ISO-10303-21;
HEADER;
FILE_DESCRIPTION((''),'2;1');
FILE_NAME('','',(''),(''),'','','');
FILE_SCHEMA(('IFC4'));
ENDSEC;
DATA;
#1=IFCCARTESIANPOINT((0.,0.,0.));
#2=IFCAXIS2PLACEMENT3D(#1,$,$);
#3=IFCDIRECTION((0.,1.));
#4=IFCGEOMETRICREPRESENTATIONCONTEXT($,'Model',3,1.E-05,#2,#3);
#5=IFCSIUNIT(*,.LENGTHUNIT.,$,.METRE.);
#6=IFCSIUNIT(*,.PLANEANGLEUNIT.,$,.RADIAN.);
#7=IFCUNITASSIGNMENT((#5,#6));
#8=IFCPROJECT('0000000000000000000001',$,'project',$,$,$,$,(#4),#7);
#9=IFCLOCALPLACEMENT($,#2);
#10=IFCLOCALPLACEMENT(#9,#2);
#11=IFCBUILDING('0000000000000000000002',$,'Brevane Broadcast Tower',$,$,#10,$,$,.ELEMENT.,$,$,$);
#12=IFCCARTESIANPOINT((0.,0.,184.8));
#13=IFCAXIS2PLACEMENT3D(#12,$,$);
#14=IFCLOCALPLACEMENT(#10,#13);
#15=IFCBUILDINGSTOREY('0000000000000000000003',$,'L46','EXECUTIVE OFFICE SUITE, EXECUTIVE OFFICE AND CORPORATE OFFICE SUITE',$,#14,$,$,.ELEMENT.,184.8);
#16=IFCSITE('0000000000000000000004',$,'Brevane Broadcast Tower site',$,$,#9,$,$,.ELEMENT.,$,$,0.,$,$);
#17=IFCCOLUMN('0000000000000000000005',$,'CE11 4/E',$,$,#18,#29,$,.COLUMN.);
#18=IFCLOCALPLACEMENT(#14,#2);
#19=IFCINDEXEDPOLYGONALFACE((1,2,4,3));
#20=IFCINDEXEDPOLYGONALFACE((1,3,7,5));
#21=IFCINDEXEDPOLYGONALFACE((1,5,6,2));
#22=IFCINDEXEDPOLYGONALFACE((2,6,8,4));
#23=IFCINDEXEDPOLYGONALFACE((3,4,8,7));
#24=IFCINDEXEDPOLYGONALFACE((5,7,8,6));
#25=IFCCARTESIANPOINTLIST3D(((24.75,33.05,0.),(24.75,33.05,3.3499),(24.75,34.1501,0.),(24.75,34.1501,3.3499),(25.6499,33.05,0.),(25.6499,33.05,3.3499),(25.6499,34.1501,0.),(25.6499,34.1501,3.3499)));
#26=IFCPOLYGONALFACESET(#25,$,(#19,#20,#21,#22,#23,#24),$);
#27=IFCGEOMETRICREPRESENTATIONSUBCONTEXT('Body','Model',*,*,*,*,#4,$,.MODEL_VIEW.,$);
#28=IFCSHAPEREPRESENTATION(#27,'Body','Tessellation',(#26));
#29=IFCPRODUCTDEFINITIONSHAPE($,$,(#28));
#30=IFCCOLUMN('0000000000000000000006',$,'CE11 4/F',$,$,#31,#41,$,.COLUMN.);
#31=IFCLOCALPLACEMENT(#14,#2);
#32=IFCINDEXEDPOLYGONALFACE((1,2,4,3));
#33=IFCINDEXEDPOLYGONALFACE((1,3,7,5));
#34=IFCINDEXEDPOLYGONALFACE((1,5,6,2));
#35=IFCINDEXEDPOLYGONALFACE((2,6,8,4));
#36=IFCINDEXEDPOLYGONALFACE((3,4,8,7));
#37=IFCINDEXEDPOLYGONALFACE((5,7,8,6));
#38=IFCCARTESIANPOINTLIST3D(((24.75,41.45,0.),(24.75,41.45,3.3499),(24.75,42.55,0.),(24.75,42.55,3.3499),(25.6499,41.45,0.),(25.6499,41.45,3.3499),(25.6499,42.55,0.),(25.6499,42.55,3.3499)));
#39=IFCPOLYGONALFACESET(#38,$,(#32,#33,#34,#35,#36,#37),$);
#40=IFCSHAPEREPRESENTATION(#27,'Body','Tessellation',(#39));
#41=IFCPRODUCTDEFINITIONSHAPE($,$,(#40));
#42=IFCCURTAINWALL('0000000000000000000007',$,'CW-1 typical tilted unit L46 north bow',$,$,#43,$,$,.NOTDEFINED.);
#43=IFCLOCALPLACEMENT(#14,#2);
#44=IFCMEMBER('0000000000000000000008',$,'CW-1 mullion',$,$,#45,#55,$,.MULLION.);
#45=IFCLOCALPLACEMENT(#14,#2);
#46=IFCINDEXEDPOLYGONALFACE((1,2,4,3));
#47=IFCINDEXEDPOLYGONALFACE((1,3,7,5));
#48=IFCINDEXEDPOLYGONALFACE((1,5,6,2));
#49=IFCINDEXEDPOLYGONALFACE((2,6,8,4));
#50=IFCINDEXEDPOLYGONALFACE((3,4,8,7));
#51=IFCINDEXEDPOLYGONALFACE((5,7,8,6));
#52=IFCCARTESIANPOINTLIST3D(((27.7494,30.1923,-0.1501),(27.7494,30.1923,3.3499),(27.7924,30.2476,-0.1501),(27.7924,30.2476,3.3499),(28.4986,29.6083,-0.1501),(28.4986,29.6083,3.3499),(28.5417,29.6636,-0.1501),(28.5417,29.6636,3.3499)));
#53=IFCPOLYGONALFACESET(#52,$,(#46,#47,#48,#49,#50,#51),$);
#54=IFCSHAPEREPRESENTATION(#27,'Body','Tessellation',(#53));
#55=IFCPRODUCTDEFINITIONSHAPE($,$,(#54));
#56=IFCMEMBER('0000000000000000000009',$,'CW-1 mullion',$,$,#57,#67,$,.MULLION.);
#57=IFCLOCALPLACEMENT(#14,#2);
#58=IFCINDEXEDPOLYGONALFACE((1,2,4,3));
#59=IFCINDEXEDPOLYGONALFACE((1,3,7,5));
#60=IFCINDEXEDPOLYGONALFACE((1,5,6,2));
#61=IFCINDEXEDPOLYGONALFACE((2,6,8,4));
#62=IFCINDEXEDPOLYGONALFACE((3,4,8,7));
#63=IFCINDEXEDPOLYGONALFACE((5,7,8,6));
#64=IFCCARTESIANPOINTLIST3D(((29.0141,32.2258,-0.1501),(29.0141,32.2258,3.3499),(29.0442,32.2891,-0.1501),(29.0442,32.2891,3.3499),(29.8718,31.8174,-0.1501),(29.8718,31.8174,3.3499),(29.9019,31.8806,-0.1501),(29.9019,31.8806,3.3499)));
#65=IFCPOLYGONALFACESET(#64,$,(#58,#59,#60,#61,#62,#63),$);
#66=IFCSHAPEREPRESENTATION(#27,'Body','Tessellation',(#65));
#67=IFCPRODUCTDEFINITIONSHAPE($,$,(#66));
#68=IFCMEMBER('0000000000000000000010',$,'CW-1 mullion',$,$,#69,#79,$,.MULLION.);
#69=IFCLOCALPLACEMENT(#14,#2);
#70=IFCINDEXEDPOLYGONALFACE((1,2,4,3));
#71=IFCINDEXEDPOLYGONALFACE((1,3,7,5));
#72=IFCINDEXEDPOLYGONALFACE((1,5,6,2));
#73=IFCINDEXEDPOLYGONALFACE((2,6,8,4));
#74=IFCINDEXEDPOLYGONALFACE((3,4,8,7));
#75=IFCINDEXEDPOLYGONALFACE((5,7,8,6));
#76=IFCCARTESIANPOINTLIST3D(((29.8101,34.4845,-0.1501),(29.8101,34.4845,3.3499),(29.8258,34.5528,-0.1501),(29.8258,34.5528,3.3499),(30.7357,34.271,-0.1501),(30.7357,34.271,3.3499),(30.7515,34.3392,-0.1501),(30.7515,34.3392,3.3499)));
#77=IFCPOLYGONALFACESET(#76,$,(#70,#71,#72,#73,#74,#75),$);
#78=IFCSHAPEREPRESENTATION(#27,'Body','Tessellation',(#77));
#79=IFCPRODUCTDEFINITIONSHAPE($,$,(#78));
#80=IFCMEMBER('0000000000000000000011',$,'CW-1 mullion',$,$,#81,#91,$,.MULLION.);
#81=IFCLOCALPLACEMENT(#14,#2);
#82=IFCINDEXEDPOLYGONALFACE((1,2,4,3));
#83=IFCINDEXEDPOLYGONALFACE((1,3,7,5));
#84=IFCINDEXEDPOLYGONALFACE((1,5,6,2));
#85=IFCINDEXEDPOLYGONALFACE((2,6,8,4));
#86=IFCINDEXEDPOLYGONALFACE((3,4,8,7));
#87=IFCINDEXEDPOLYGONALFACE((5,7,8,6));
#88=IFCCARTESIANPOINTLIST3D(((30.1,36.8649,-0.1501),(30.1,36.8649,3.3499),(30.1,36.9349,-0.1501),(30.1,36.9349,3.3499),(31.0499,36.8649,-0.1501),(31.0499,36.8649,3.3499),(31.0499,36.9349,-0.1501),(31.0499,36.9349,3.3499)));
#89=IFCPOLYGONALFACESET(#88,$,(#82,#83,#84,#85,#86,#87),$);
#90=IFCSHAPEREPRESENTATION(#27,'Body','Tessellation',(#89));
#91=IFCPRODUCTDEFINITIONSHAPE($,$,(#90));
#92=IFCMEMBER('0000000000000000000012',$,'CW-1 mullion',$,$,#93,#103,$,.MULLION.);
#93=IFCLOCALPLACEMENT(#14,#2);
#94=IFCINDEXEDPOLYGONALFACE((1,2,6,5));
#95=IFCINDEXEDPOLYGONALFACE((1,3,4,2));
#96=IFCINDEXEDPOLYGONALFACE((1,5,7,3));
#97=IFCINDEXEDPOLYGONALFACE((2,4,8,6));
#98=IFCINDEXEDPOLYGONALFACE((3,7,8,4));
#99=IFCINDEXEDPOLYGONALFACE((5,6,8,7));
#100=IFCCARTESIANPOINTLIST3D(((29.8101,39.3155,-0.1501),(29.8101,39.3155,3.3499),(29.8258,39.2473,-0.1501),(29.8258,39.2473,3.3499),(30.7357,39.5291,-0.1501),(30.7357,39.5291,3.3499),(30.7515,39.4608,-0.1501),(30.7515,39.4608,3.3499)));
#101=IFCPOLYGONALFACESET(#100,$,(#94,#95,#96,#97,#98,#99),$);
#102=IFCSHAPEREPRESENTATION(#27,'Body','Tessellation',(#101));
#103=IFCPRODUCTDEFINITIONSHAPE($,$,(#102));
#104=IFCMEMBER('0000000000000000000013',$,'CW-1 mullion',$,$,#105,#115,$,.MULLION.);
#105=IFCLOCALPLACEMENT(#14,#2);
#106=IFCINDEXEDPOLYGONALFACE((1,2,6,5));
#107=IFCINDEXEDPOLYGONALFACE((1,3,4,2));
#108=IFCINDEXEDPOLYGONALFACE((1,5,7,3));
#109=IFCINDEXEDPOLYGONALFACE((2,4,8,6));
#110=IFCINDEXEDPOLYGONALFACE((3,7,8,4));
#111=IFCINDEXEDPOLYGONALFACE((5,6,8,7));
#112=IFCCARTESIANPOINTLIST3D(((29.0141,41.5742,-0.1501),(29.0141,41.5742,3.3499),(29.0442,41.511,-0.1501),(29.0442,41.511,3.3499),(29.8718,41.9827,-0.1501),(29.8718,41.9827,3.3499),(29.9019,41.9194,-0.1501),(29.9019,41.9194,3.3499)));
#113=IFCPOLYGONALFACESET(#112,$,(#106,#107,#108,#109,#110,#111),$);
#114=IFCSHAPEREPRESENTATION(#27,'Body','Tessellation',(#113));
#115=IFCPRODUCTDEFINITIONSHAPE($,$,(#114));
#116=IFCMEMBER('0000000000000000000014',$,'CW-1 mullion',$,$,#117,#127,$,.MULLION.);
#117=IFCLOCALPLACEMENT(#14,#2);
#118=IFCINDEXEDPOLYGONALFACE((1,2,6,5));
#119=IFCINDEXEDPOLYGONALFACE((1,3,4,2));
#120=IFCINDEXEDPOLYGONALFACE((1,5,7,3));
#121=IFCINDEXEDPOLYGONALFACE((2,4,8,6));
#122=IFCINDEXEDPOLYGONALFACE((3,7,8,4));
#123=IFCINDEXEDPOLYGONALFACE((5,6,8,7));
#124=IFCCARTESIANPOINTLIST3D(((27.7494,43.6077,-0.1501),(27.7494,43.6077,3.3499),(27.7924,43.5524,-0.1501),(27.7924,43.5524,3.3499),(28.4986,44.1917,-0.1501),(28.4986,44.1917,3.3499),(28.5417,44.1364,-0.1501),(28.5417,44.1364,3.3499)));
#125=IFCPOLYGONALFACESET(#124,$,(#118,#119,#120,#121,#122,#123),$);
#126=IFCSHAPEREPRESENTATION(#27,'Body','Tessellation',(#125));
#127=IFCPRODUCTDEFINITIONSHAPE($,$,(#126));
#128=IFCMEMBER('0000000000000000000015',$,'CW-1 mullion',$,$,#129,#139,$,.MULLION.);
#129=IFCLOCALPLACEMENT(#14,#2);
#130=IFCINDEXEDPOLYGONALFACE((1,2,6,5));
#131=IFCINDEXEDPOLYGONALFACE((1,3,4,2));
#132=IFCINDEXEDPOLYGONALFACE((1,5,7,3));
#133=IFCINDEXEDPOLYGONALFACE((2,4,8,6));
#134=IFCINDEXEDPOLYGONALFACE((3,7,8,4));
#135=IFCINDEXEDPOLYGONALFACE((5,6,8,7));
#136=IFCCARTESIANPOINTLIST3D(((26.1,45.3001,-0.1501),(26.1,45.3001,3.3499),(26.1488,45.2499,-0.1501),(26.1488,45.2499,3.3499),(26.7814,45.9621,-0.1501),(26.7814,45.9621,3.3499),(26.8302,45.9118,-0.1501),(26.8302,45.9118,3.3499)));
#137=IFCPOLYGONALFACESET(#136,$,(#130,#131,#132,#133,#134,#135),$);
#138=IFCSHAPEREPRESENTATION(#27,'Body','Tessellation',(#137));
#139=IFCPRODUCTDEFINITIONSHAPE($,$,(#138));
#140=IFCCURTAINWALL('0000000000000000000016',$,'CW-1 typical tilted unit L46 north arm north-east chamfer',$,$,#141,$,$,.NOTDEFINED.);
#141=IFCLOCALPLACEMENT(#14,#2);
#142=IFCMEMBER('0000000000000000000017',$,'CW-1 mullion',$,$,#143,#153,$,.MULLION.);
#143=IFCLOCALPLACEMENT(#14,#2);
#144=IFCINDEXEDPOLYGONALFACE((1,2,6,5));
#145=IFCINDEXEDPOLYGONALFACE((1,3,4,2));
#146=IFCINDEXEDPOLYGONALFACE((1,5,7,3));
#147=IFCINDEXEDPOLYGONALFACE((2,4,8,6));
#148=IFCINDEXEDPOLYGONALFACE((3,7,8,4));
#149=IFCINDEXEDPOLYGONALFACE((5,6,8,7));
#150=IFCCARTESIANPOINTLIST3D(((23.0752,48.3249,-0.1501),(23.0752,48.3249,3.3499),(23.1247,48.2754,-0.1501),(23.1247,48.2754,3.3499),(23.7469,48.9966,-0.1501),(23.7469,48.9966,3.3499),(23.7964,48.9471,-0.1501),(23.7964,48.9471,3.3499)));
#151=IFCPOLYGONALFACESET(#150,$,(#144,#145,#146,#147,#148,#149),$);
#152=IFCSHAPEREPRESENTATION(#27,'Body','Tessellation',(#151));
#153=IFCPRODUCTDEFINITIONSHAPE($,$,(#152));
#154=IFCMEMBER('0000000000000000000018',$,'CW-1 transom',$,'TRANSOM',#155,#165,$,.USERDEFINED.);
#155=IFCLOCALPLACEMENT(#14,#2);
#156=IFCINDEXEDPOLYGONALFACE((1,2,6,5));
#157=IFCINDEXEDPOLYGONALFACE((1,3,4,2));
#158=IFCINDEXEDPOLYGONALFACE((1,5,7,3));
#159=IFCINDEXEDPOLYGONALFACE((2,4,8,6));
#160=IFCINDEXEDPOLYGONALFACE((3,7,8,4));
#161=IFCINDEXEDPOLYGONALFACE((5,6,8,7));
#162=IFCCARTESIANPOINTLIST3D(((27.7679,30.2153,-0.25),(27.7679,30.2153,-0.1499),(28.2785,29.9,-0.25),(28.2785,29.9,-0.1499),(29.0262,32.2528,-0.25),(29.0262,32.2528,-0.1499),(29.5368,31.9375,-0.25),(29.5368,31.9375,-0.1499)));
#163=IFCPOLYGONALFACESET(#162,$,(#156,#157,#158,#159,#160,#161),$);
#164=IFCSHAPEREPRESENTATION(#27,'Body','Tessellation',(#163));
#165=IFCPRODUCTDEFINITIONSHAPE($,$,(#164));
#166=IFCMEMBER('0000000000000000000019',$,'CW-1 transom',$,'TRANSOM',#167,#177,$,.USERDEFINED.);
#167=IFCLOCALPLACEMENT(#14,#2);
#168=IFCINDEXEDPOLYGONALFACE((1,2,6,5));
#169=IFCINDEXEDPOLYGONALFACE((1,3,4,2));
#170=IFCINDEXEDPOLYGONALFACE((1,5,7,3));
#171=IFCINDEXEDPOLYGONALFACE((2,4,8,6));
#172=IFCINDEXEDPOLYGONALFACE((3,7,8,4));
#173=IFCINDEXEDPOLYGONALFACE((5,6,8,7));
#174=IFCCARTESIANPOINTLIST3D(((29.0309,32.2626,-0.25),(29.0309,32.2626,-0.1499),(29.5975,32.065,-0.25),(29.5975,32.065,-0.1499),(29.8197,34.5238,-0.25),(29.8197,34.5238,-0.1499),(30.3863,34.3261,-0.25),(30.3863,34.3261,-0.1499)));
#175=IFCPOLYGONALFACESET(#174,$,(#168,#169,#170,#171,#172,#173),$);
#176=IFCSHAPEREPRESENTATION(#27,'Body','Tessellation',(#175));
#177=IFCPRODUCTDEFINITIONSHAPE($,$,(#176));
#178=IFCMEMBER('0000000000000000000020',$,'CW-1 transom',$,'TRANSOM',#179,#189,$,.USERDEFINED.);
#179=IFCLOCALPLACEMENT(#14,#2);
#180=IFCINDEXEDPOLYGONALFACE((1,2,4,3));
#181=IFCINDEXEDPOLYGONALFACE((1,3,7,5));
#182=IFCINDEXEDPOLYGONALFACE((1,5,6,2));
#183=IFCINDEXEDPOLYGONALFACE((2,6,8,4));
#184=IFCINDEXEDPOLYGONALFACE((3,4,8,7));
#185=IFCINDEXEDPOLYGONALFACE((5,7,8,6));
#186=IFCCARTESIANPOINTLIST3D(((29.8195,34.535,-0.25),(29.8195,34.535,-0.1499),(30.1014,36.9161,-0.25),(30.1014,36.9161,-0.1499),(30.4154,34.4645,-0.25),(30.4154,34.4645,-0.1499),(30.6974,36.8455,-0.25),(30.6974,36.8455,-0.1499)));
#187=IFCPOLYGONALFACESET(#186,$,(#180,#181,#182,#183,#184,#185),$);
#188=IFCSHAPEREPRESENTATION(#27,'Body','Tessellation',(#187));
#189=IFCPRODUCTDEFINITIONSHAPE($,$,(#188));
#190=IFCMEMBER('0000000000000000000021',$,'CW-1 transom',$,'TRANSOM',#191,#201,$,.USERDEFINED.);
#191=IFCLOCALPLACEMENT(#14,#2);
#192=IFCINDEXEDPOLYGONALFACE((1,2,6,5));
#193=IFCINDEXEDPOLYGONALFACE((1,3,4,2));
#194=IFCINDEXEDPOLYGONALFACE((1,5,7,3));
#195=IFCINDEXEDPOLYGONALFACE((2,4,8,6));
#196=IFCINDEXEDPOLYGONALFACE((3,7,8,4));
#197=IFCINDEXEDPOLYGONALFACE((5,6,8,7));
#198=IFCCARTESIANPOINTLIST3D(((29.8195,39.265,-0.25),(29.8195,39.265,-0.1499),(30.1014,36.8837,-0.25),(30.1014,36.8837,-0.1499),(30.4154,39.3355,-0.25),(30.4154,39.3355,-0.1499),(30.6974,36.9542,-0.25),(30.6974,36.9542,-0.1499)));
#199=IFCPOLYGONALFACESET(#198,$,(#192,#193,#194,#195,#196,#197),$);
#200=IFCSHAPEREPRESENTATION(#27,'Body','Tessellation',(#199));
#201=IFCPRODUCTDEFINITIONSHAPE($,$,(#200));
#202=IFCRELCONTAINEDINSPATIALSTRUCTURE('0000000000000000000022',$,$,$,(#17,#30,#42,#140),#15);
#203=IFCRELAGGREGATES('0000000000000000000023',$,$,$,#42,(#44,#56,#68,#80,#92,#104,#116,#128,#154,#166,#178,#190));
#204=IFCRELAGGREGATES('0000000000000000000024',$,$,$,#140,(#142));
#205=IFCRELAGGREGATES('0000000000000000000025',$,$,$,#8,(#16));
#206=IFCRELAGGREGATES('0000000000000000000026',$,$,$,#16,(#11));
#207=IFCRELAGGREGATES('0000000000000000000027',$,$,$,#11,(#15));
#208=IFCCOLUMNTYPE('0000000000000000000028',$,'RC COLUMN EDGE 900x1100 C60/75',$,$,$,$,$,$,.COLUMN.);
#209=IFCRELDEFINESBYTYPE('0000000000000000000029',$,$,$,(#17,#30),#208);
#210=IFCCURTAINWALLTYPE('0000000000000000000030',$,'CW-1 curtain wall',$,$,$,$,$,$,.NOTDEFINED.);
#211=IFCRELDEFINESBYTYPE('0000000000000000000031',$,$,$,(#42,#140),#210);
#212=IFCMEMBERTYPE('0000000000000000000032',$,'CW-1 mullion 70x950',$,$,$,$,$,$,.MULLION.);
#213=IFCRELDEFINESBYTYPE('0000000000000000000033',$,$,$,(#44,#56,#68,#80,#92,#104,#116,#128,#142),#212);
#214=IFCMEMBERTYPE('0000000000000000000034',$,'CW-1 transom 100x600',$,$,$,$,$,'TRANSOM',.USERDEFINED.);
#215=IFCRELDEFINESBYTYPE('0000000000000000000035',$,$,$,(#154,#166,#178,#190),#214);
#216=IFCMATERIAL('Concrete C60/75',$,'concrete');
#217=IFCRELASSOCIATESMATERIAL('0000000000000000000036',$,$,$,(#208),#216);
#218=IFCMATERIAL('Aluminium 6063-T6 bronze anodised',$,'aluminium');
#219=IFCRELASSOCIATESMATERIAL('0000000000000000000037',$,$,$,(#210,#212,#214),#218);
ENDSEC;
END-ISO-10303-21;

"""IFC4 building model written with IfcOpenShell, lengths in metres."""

from ifc_helpers import new_model, si_unit, direction, frame, origin, origin_2d, place, context, subcontext, project, spatial, rectangle, extrude, material, material_profile, profile_set, type_object, element, aggregate, save


model = new_model("IFC4")

# Units and contexts
model_context = context("Model", 3, precision=1e-05, world=origin(), true_north=direction((0.0, 1.0)))
body_context = subcontext(model_context, "Body", "Model", "MODEL_VIEW")
ifc_project = project(units=[si_unit("LENGTHUNIT", "METRE"), si_unit("PLANEANGLEUNIT", "RADIAN")], contexts=[model_context])

# Site, building, storey
site_placement = place(None, origin())
site = spatial("IfcSite", under=ifc_project, at=site_placement, Name="Brevane Broadcast Tower site", CompositionType="ELEMENT", RefElevation=0.0)
building_placement = place(site_placement, origin())
building = spatial("IfcBuilding", under=site, at=building_placement, Name="Brevane Broadcast Tower", CompositionType="ELEMENT")
storey_placement = place(building_placement, frame((0.0, 0.0, 184.8)))
storey = spatial("IfcBuildingStorey", under=building, at=storey_placement, Name="L46", Description="EXECUTIVE OFFICE SUITE, EXECUTIVE OFFICE AND CORPORATE OFFICE SUITE", CompositionType="ELEMENT", Elevation=184.8)

# Columns
ifc_material_1 = material(Name="Concrete C60/75", Category="concrete")
ifc_material_profile_1 = material_profile(ifc_material_1, rectangle(XDim=0.8999, YDim=1.1001, at=origin_2d()), Name="RC 900x1100")
ifc_profile_set_1 = profile_set([ifc_material_profile_1], Name="Concrete C60/75")
column_type = type_object("IfcColumnType", Name="RC COLUMN EDGE 900x1100 C60/75", PredefinedType="COLUMN", material=ifc_profile_set_1)
for number, where, z_axis, x_axis, name in (
    (1, (25.2, 33.6001, 0.0), (0.0, 0.0, 1.0), (1.0, 0.0, 0.0), "CE11 4/E"),
    (2, (25.2, 42.0, 0.0), (0.0, 0.0, 1.0), (1.0, 0.0, 0.0), "CE11 4/F"),
):
    element("IfcColumn", number, at=place(storey_placement, frame(where, z_axis=z_axis, x_axis=x_axis)), inside=storey, type_object=column_type, Name=name, PredefinedType="COLUMN", context=body_context, shape_type="SweptSolid", body=[
        extrude(rectangle(XDim=0.8999, YDim=1.1001, at=origin_2d()), origin(), (0.0, 0.0, 1.0), 3.3499),
    ])

# Curtain wall, members
ifc_material_2 = material(Name="Aluminium 6063-T6 bronze anodised", Category="aluminium")
curtain_wall_type = type_object("IfcCurtainWallType", Name="CW-1 curtain wall", PredefinedType="NOTDEFINED", material=ifc_material_2)
curtain_wall_1_placement = place(storey_placement, origin())
curtain_wall_1 = element("IfcCurtainWall", 3, at=curtain_wall_1_placement, inside=storey, type_object=curtain_wall_type, Name="CW-1 typical tilted unit L46 north bow", PredefinedType="NOTDEFINED")
ifc_material_profile_2 = material_profile(ifc_material_2, rectangle(XDim=0.95, YDim=0.0701, at=origin_2d()), Name="RECT 70x950")
ifc_profile_set_2 = profile_set([ifc_material_profile_2], Name="Aluminium 6063-T6 bronze anodised")
member_type_1 = type_object("IfcMemberType", Name="CW-1 mullion 70x950", PredefinedType="MULLION", material=ifc_profile_set_2)
member_1_placement = place(storey_placement, frame((28.1455, 29.928, -0.1501), z_axis=(0.0, 0.0, 1.0), x_axis=(-0.788707, 0.61477, 0.0)))
member_1 = element("IfcMember", 4, at=member_1_placement, type_object=member_type_1, Name="CW-1 mullion", PredefinedType="MULLION", context=body_context, shape_type="SweptSolid", body=[
    extrude(rectangle(XDim=0.95, YDim=0.0701, at=origin_2d()), origin(), (0.0, 0.0, 1.0), 3.5),
])
member_2_placement = place(storey_placement, frame((29.458, 32.0532, -0.1501), z_axis=(0.0, 0.0, 1.0), x_axis=(-0.902861, 0.429934, 0.0)))
member_2 = element("IfcMember", 5, at=member_2_placement, type_object=member_type_1, Name="CW-1 mullion", PredefinedType="MULLION", context=body_context, shape_type="SweptSolid", body=[
    extrude(rectangle(XDim=0.95, YDim=0.0701, at=origin_2d()), origin(), (0.0, 0.0, 1.0), 3.5),
])
member_3_placement = place(storey_placement, frame((30.2808, 34.4119, -0.1501), z_axis=(0.0, 0.0, 1.0), x_axis=(-0.974403, 0.224807, 0.0)))
member_3 = element("IfcMember", 6, at=member_3_placement, type_object=member_type_1, Name="CW-1 mullion", PredefinedType="MULLION", context=body_context, shape_type="SweptSolid", body=[
    extrude(rectangle(XDim=0.95, YDim=0.0701, at=origin_2d()), origin(), (0.0, 0.0, 1.0), 3.5),
])
member_4_placement = place(storey_placement, frame((30.575, 36.8999, -0.1501), z_axis=(0.0, 0.0, 1.0), x_axis=(-1.0, 0.0, 0.0)))
member_4 = element("IfcMember", 7, at=member_4_placement, type_object=member_type_1, Name="CW-1 mullion", PredefinedType="MULLION", context=body_context, shape_type="SweptSolid", body=[
    extrude(rectangle(XDim=0.95, YDim=0.0701, at=origin_2d()), origin(), (0.0, 0.0, 1.0), 3.5),
])
member_5_placement = place(storey_placement, frame((30.2808, 39.3882, -0.1501), z_axis=(0.0, 0.0, 1.0), x_axis=(-0.974403, -0.224807, 0.0)))
member_5 = element("IfcMember", 8, at=member_5_placement, type_object=member_type_1, Name="CW-1 mullion", PredefinedType="MULLION", context=body_context, shape_type="SweptSolid", body=[
    extrude(rectangle(XDim=0.95, YDim=0.0701, at=origin_2d()), origin(), (0.0, 0.0, 1.0), 3.5),
])
member_6_placement = place(storey_placement, frame((29.458, 41.7468, -0.1501), z_axis=(0.0, 0.0, 1.0), x_axis=(-0.902861, -0.429934, 0.0)))
member_6 = element("IfcMember", 9, at=member_6_placement, type_object=member_type_1, Name="CW-1 mullion", PredefinedType="MULLION", context=body_context, shape_type="SweptSolid", body=[
    extrude(rectangle(XDim=0.95, YDim=0.0701, at=origin_2d()), origin(), (0.0, 0.0, 1.0), 3.5),
])
member_7_placement = place(storey_placement, frame((28.1455, 43.8721, -0.1501), z_axis=(0.0, 0.0, 1.0), x_axis=(-0.788707, -0.61477, 0.0)))
member_7 = element("IfcMember", 10, at=member_7_placement, type_object=member_type_1, Name="CW-1 mullion", PredefinedType="MULLION", context=body_context, shape_type="SweptSolid", body=[
    extrude(rectangle(XDim=0.95, YDim=0.0701, at=origin_2d()), origin(), (0.0, 0.0, 1.0), 3.5),
])
member_8_placement = place(storey_placement, frame((26.4651, 45.606, -0.1501), z_axis=(0.0, 0.0, 1.0), x_axis=(-0.717254, -0.696812, 0.0)))
member_8 = element("IfcMember", 11, at=member_8_placement, type_object=member_type_1, Name="CW-1 mullion", PredefinedType="MULLION", context=body_context, shape_type="SweptSolid", body=[
    extrude(rectangle(XDim=0.95, YDim=0.0701, at=origin_2d()), origin(), (0.0, 0.0, 1.0), 3.5),
])

# Curtain wall, member
curtain_wall_2_placement = place(storey_placement, origin())
curtain_wall_2 = element("IfcCurtainWall", 12, at=curtain_wall_2_placement, inside=storey, type_object=curtain_wall_type, Name="CW-1 typical tilted unit L46 north arm north-east chamfer", PredefinedType="NOTDEFINED")
member_9_placement = place(storey_placement, frame((23.4358, 48.636, -0.1501), z_axis=(0.0, 0.0, 1.0), x_axis=(-0.707107, -0.707107, 0.0)))
member_9 = element("IfcMember", 13, at=member_9_placement, type_object=member_type_1, Name="CW-1 mullion", PredefinedType="MULLION", context=body_context, shape_type="SweptSolid", body=[
    extrude(rectangle(XDim=0.95, YDim=0.0701, at=origin_2d()), origin(), (0.0, 0.0, 1.0), 3.5),
])

# Members
ifc_material_profile_3 = material_profile(ifc_material_2, rectangle(XDim=0.6001, YDim=0.1001, at=origin_2d()), Name="RECT 100x600")
ifc_profile_set_3 = profile_set([ifc_material_profile_3], Name="Aluminium 6063-T6 bronze anodised")
member_type_2 = type_object("IfcMemberType", Name="CW-1 transom 100x600", ElementType="TRANSOM", PredefinedType="USERDEFINED", material=ifc_profile_set_3)
member_10_placement = place(storey_placement, frame((28.0232, 30.0576, -0.2), z_axis=(0.525428, 0.850838, 0.0), x_axis=(-0.850838, 0.525428, 0.0)))
member_10 = element("IfcMember", 14, at=member_10_placement, type_object=member_type_2, Name="CW-1 transom", ObjectType="TRANSOM", PredefinedType="USERDEFINED", context=body_context, shape_type="SweptSolid", body=[
    extrude(rectangle(XDim=0.6001, YDim=0.1001, at=origin_2d()), origin(), (0.0, 0.0, 1.0), 2.3948),
])
member_11_placement = place(storey_placement, frame((29.3142, 32.1638, -0.2), z_axis=(0.329378, 0.944198, 0.0), x_axis=(-0.944198, 0.329378, 0.0)))
member_11 = element("IfcMember", 15, at=member_11_placement, type_object=member_type_2, Name="CW-1 transom", ObjectType="TRANSOM", PredefinedType="USERDEFINED", context=body_context, shape_type="SweptSolid", body=[
    extrude(rectangle(XDim=0.6001, YDim=0.1001, at=origin_2d()), origin(), (0.0, 0.0, 1.0), 2.3948),
])
member_12_placement = place(storey_placement, frame((30.1174, 34.4998, -0.2), z_axis=(0.117603, 0.993061, 0.0), x_axis=(-0.993061, 0.117603, 0.0)))
member_12 = element("IfcMember", 16, at=member_12_placement, type_object=member_type_2, Name="CW-1 transom", ObjectType="TRANSOM", PredefinedType="USERDEFINED", context=body_context, shape_type="SweptSolid", body=[
    extrude(rectangle(XDim=0.6001, YDim=0.1001, at=origin_2d()), origin(), (0.0, 0.0, 1.0), 2.3977),
])
member_13_placement = place(storey_placement, frame((30.3994, 36.9189, -0.2), z_axis=(-0.117591, 0.993062, 0.0), x_axis=(-0.993062, -0.117591, 0.0)))
member_13 = element("IfcMember", 17, at=member_13_placement, type_object=member_type_2, Name="CW-1 transom", ObjectType="TRANSOM", PredefinedType="USERDEFINED", context=body_context, shape_type="SweptSolid", body=[
    extrude(rectangle(XDim=0.6001, YDim=0.1001, at=origin_2d()), origin(), (0.0, 0.0, 1.0), 2.3979),
])
aggregate(curtain_wall_1, [member_1, member_2, member_3, member_4, member_5, member_6, member_7, member_8, member_10, member_11, member_12, member_13])
aggregate(curtain_wall_2, [member_9])

save(model, "model.ifc")
